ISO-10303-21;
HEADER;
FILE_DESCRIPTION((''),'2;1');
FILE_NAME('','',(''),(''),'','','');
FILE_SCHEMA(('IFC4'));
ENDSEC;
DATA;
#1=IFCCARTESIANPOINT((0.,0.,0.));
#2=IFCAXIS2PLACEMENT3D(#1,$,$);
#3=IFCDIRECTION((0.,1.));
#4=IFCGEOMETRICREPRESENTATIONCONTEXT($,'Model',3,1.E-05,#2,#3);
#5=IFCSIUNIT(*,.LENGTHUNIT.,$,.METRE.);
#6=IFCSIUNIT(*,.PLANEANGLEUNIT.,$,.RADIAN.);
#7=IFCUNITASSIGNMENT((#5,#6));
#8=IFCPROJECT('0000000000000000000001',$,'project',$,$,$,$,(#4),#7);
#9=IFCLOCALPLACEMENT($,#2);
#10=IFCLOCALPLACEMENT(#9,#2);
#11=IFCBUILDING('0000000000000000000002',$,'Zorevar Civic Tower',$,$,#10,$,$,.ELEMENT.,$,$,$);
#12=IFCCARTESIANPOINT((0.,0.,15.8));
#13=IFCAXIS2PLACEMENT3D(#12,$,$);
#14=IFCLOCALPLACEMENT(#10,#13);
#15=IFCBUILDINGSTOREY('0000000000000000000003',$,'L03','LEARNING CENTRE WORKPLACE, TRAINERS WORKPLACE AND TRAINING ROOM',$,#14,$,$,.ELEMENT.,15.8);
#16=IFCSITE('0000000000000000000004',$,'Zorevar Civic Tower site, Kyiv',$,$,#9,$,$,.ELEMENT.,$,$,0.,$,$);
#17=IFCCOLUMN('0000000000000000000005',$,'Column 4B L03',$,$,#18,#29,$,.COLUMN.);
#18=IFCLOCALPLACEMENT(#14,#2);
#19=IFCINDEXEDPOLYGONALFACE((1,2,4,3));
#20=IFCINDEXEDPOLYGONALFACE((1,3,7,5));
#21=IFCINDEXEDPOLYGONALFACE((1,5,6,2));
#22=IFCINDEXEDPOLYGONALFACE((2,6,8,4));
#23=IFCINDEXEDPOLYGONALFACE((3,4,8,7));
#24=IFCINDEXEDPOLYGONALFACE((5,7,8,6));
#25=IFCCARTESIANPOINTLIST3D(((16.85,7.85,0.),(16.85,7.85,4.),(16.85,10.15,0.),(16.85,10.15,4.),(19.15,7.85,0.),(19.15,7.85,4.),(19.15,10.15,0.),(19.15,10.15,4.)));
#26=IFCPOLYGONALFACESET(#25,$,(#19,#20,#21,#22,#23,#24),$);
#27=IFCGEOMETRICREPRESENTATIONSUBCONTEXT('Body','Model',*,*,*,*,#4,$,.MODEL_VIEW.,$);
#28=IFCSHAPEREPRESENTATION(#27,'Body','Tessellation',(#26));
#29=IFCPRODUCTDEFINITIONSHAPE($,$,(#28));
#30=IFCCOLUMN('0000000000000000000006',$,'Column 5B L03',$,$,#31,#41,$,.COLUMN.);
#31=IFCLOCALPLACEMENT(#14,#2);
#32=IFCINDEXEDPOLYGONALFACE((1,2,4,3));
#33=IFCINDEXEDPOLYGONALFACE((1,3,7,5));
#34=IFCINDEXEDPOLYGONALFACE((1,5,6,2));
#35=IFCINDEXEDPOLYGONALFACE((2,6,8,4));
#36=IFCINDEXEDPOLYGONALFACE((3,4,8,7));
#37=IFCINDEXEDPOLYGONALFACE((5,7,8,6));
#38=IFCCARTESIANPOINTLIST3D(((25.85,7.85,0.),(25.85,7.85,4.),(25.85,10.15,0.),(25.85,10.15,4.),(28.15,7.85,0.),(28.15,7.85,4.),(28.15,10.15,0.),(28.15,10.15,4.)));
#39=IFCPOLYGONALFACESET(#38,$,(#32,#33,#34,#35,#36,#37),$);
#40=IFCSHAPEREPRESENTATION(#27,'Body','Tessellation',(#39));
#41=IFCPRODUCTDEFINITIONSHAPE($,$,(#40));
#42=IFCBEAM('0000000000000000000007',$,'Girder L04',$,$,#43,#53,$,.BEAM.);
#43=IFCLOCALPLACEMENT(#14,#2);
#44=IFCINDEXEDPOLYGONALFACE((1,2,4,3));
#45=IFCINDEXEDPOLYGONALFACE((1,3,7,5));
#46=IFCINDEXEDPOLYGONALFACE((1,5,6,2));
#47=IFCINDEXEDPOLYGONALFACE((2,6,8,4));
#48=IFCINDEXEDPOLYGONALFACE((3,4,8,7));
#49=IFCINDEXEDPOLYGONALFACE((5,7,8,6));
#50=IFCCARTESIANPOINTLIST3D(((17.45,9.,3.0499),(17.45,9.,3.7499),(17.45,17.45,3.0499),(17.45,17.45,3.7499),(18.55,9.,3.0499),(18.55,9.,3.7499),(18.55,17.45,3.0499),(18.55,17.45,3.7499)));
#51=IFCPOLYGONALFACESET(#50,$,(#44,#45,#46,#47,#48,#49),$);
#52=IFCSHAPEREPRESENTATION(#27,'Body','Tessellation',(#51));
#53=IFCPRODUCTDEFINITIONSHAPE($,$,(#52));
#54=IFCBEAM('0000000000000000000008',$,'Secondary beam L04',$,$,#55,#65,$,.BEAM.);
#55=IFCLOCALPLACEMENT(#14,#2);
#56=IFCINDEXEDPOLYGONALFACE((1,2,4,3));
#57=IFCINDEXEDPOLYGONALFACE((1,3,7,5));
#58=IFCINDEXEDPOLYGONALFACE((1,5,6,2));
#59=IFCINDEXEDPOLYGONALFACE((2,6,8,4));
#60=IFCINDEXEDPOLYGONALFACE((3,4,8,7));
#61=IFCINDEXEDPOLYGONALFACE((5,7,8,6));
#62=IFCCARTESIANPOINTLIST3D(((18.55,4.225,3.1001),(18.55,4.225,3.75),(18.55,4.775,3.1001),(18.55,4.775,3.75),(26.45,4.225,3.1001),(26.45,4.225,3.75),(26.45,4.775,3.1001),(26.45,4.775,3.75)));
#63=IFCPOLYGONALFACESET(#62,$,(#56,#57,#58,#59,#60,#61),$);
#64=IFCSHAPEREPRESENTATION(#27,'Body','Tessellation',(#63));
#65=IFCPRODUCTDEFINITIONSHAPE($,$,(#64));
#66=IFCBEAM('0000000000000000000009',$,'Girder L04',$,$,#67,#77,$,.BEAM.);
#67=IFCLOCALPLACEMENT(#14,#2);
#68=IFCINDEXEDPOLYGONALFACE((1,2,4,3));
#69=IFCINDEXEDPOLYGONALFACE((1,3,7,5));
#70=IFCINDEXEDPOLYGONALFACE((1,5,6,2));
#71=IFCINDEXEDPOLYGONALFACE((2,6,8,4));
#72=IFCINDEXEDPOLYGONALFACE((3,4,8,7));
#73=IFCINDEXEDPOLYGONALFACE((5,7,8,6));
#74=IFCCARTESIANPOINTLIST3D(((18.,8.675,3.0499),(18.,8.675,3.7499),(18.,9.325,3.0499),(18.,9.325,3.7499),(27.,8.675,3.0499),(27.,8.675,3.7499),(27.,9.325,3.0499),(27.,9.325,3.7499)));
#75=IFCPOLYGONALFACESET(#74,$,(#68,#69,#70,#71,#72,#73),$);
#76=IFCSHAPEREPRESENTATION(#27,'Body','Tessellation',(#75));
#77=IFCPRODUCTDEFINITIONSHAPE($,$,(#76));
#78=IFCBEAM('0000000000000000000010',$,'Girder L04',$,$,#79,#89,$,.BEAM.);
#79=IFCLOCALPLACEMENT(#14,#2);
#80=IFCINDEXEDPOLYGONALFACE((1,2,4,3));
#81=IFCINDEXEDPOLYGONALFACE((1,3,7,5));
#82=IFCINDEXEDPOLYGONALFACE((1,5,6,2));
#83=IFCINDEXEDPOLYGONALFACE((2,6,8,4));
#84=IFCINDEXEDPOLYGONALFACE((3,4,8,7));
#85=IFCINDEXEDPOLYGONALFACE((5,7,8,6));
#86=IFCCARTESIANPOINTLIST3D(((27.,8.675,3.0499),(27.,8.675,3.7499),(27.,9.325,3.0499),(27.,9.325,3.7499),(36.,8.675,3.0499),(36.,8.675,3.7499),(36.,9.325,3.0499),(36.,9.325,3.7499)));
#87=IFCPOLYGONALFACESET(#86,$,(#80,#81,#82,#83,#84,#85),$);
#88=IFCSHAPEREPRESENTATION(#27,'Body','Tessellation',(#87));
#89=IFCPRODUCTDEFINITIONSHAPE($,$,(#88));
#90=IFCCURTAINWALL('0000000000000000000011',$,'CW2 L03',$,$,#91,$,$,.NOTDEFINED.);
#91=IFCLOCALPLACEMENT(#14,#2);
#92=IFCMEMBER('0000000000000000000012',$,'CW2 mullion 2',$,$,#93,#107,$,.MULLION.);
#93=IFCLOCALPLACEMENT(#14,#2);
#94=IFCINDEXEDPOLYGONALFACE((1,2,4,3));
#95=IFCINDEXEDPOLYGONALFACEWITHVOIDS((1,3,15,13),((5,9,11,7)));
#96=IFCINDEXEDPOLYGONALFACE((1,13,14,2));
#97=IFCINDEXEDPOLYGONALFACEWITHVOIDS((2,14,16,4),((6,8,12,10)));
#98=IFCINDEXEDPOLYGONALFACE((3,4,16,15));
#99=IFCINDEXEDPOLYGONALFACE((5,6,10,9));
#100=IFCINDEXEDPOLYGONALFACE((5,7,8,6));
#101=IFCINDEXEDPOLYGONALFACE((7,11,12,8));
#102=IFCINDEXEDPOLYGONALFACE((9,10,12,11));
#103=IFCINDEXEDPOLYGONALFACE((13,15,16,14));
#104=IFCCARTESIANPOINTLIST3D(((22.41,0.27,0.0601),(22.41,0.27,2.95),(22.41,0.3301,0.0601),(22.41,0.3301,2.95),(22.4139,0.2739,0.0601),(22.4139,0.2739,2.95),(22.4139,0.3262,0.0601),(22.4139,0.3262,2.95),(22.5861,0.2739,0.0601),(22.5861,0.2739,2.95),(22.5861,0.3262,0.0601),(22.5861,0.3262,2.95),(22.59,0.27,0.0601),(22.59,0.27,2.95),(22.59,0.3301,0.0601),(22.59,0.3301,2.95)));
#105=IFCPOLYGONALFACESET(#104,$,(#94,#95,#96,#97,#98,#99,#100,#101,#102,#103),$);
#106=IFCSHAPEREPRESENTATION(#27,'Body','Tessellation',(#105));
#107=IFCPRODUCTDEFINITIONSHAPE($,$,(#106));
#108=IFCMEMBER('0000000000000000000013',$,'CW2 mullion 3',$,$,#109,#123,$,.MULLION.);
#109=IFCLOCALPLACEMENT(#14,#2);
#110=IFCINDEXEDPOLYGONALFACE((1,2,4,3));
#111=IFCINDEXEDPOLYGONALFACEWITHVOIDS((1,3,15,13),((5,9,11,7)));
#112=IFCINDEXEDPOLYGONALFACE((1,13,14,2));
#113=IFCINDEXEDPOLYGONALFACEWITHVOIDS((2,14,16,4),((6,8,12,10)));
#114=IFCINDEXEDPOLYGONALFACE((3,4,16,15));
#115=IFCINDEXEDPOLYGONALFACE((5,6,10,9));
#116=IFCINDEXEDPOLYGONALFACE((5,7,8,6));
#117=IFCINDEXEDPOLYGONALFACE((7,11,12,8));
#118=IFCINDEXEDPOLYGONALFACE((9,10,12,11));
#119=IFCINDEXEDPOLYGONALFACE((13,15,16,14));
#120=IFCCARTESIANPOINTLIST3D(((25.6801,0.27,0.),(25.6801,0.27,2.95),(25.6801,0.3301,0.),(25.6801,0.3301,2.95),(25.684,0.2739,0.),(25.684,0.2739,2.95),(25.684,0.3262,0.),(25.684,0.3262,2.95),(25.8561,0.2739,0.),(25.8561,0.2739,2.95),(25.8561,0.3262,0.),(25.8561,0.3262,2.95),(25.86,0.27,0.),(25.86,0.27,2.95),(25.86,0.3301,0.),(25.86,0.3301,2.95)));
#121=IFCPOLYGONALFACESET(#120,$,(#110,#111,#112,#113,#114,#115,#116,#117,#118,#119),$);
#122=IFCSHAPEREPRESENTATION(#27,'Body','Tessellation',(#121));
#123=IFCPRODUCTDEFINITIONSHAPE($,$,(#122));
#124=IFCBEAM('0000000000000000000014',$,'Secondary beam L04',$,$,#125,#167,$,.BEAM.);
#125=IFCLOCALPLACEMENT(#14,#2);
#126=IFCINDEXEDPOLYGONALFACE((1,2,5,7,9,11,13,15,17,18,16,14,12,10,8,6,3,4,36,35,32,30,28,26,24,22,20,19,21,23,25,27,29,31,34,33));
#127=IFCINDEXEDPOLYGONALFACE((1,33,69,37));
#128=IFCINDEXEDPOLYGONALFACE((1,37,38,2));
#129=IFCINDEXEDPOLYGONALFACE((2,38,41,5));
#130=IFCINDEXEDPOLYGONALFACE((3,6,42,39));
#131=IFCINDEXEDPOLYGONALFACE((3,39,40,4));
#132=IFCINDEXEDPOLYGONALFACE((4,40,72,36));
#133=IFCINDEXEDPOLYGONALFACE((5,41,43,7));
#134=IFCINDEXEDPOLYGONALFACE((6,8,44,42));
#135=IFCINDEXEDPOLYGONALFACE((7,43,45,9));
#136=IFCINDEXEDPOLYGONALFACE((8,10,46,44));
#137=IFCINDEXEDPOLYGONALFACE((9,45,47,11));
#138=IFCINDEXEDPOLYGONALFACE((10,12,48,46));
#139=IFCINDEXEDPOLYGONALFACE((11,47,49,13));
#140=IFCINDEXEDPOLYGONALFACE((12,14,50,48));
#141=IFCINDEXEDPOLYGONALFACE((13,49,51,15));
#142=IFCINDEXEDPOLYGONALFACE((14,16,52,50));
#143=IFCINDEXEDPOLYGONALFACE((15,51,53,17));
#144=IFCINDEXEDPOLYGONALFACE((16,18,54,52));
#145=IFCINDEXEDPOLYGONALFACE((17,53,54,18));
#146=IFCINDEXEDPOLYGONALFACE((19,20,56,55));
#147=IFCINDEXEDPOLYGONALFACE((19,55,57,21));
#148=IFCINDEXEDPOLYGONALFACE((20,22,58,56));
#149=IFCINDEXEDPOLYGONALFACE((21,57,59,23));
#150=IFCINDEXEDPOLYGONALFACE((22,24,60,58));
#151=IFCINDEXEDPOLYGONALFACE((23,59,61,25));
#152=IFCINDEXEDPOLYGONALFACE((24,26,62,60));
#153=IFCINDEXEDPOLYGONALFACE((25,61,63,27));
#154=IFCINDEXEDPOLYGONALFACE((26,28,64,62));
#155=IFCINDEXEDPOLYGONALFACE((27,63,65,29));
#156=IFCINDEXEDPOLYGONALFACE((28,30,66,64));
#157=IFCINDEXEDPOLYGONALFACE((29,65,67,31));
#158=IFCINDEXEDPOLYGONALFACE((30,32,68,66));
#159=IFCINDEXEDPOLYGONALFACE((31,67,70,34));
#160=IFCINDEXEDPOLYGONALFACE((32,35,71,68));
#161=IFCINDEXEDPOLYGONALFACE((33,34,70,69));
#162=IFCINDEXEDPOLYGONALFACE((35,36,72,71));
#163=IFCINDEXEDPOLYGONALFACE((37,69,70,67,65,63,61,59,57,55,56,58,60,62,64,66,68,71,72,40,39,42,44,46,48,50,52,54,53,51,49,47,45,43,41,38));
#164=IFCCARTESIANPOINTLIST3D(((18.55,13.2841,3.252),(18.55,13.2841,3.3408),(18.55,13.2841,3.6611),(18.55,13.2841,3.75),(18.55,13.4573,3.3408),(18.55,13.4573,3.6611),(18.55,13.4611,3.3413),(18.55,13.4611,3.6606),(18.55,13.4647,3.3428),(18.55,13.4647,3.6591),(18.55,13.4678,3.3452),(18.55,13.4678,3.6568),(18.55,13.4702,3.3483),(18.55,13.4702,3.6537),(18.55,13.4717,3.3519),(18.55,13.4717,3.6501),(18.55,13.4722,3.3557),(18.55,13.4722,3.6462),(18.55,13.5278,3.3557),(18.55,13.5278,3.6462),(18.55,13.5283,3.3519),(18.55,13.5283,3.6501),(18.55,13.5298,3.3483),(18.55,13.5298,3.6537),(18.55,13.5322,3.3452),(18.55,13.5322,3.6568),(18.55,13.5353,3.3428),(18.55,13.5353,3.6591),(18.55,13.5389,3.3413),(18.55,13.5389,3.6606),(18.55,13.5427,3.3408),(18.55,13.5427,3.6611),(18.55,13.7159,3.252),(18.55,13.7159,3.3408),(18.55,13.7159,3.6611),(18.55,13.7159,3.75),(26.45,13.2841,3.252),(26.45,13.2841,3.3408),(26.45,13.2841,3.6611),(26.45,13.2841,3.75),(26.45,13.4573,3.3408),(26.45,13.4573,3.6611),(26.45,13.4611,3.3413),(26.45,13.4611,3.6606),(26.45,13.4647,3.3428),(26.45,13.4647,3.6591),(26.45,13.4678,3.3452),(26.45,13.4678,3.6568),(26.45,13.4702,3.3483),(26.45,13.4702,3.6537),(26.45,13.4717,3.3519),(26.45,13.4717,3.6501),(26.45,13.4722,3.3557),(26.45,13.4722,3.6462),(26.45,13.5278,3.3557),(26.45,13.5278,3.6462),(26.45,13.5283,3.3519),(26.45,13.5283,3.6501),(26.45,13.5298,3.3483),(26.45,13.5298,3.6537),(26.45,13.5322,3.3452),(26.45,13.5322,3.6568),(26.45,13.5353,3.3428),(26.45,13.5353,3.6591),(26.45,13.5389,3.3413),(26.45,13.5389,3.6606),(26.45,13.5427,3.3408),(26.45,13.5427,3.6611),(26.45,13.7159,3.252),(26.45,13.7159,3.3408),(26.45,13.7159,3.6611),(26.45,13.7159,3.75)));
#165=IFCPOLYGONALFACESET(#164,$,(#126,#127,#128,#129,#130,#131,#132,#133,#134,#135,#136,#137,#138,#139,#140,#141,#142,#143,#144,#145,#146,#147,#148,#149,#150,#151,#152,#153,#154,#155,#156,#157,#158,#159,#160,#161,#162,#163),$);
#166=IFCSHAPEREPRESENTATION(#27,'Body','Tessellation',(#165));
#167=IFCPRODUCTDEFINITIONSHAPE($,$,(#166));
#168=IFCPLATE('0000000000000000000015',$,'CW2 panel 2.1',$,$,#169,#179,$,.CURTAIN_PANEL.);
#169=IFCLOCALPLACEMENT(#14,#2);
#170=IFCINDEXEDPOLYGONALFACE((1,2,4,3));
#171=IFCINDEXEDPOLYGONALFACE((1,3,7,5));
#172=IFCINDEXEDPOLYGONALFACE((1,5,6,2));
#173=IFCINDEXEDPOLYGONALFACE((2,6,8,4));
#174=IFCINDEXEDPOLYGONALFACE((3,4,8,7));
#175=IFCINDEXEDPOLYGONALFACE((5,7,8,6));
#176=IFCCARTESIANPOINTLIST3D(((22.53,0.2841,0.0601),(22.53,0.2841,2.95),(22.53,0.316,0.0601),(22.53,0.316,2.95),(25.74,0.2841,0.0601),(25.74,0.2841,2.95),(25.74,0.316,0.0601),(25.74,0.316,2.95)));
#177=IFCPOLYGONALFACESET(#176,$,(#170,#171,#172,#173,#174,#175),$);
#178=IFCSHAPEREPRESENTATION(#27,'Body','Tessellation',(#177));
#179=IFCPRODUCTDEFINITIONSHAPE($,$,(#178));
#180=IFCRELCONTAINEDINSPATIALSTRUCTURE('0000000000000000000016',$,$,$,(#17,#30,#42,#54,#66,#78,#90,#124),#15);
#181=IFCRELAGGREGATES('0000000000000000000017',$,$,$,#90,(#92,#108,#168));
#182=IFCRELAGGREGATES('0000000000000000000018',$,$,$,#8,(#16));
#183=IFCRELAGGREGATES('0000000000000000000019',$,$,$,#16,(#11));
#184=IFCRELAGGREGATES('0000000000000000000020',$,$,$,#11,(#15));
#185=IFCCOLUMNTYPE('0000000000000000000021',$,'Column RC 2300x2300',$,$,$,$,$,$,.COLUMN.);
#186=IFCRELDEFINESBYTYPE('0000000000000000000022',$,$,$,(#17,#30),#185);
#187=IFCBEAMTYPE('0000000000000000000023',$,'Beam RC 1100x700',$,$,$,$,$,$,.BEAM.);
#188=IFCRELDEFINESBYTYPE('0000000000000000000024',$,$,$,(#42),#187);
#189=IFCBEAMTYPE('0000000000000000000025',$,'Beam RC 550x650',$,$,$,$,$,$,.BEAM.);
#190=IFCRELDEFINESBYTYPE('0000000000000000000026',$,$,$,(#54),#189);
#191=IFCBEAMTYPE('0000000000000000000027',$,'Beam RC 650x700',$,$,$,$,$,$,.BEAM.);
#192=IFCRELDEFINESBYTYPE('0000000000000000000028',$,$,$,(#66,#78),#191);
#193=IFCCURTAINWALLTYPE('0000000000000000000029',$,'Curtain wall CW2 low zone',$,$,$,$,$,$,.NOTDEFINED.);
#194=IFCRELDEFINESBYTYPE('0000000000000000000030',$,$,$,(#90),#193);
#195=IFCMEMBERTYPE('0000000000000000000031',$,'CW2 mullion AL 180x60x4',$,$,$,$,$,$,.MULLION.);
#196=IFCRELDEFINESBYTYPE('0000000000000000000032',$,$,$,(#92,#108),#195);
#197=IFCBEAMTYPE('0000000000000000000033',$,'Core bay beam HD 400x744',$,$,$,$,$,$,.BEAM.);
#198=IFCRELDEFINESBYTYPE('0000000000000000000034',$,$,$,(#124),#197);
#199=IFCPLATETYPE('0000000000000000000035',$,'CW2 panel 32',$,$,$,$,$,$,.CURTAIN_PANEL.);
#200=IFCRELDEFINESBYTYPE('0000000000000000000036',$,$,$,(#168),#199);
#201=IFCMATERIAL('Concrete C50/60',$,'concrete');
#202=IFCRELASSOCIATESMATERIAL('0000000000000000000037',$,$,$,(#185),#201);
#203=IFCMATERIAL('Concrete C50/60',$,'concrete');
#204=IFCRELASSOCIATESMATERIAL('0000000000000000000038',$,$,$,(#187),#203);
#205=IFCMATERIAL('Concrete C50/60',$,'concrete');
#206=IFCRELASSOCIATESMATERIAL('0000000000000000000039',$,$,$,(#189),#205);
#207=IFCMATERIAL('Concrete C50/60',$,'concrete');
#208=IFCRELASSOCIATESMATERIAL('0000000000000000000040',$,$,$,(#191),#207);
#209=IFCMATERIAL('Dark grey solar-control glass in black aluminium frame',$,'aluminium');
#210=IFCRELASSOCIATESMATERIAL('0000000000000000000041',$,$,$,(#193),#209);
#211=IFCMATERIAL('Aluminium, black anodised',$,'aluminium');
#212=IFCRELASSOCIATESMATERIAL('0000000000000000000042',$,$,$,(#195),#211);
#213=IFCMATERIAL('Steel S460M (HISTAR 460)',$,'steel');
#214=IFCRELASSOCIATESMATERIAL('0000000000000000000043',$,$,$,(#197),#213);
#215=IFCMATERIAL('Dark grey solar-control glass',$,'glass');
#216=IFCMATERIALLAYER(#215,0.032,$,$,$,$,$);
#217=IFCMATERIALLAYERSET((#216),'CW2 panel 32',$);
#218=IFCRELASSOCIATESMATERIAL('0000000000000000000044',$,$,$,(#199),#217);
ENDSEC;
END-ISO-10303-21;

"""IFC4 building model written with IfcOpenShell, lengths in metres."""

from ifc_helpers import new_model, si_unit, direction, frame, origin, origin_2d, place, context, subcontext, project, spatial, rectangle, hollow_rectangle, i_section, extrude, material, layer, layer_set, material_profile, profile_set, type_object, element, aggregate, save


model = new_model("IFC4")

# Units and contexts
model_context = context("Model", 3, precision=1e-05, world=origin(), true_north=direction((0.0, 1.0)))
body_context = subcontext(model_context, "Body", "Model", "MODEL_VIEW")
ifc_project = project(units=[si_unit("LENGTHUNIT", "METRE"), si_unit("PLANEANGLEUNIT", "RADIAN")], contexts=[model_context])

# Site, building, storey
site_placement = place(None, origin())
site = spatial("IfcSite", under=ifc_project, at=site_placement, Name="Zorevar Civic Tower site, Kyiv", CompositionType="ELEMENT", RefElevation=0.0)
building_placement = place(site_placement, origin())
building = spatial("IfcBuilding", under=site, at=building_placement, Name="Zorevar Civic Tower", CompositionType="ELEMENT")
storey_placement = place(building_placement, frame((0.0, 0.0, 15.8)))
storey = spatial("IfcBuildingStorey", under=building, at=storey_placement, Name="L03", Description="LEARNING CENTRE WORKPLACE, TRAINERS WORKPLACE AND TRAINING ROOM", CompositionType="ELEMENT", Elevation=15.8)

# Columns
ifc_material_1 = material(Name="Concrete C50/60", Category="concrete")
ifc_material_profile_1 = material_profile(ifc_material_1, rectangle(XDim=2.3, YDim=2.3, at=origin_2d()), Name="RC 2300x2300")
ifc_profile_set_1 = profile_set([ifc_material_profile_1], Name="Concrete C50/60")
column_type = type_object("IfcColumnType", Name="Column RC 2300x2300", PredefinedType="COLUMN", material=ifc_profile_set_1)
for number, where, z_axis, x_axis, name in (
    (1, (18.0, 9.0, 0.0), (0.0, 0.0, 1.0), (1.0, 0.0, 0.0), "Column 4B L03"),
    (2, (27.0, 9.0, 0.0), (0.0, 0.0, 1.0), (1.0, 0.0, 0.0), "Column 5B L03"),
):
    element("IfcColumn", number, at=place(storey_placement, frame(where, z_axis=z_axis, x_axis=x_axis)), inside=storey, type_object=column_type, Name=name, PredefinedType="COLUMN", context=body_context, shape_type="SweptSolid", body=[
        extrude(rectangle(XDim=2.3, YDim=2.3, at=origin_2d()), origin(), (0.0, 0.0, 1.0), 4.0),
    ])

# Beams
ifc_material_2 = material(Name="Concrete C50/60", Category="concrete")
ifc_material_profile_2 = material_profile(ifc_material_2, rectangle(XDim=1.1001, YDim=0.7, at=origin_2d()), Name="RC 1100x700")
ifc_profile_set_2 = profile_set([ifc_material_profile_2], Name="Concrete C50/60")
beam_type_1 = type_object("IfcBeamType", Name="Beam RC 1100x700", PredefinedType="BEAM", material=ifc_profile_set_2)
beam_1_placement = place(storey_placement, frame((18.0, 9.0, 3.3999), z_axis=(0.0, 1.0, 0.0), x_axis=(-1.0, 0.0, 0.0)))
element("IfcBeam", 3, at=beam_1_placement, inside=storey, type_object=beam_type_1, Name="Girder L04", PredefinedType="BEAM", context=body_context, shape_type="SweptSolid", body=[
    extrude(rectangle(XDim=1.1001, YDim=0.7, at=origin_2d()), origin(), (0.0, 0.0, 1.0), 8.45),
])
ifc_material_3 = material(Name="Concrete C50/60", Category="concrete")
ifc_material_profile_3 = material_profile(ifc_material_3, rectangle(XDim=0.55, YDim=0.6499, at=origin_2d()), Name="RC 550x650")
ifc_profile_set_3 = profile_set([ifc_material_profile_3], Name="Concrete C50/60")
beam_type_2 = type_object("IfcBeamType", Name="Beam RC 550x650", PredefinedType="BEAM", material=ifc_profile_set_3)
beam_2_placement = place(storey_placement, frame((18.55, 4.5, 3.425), z_axis=(1.0, 0.0, 0.0), x_axis=(0.0, 1.0, 0.0)))
element("IfcBeam", 4, at=beam_2_placement, inside=storey, type_object=beam_type_2, Name="Secondary beam L04", PredefinedType="BEAM", context=body_context, shape_type="SweptSolid", body=[
    extrude(rectangle(XDim=0.55, YDim=0.6499, at=origin_2d()), origin(), (0.0, 0.0, 1.0), 7.8999),
])
ifc_material_4 = material(Name="Concrete C50/60", Category="concrete")
ifc_material_profile_4 = material_profile(ifc_material_4, rectangle(XDim=0.6499, YDim=0.7, at=origin_2d()), Name="RC 650x700")
ifc_profile_set_4 = profile_set([ifc_material_profile_4], Name="Concrete C50/60")
beam_type_3 = type_object("IfcBeamType", Name="Beam RC 650x700", PredefinedType="BEAM", material=ifc_profile_set_4)
for number, where, z_axis, x_axis, name in (
    (5, (18.0, 9.0, 3.3999), (1.0, 0.0, 0.0), (0.0, 1.0, 0.0), "Girder L04"),
    (6, (27.0, 9.0, 3.3999), (1.0, 0.0, 0.0), (0.0, 1.0, 0.0), "Girder L04"),
):
    element("IfcBeam", number, at=place(storey_placement, frame(where, z_axis=z_axis, x_axis=x_axis)), inside=storey, type_object=beam_type_3, Name=name, PredefinedType="BEAM", context=body_context, shape_type="SweptSolid", body=[
        extrude(rectangle(XDim=0.6499, YDim=0.7, at=origin_2d()), origin(), (0.0, 0.0, 1.0), 9.0),
    ])

# Curtain wall, members
ifc_material_5 = material(Name="Dark grey solar-control glass in black aluminium frame", Category="aluminium")
curtain_wall_type = type_object("IfcCurtainWallType", Name="Curtain wall CW2 low zone", PredefinedType="NOTDEFINED", material=ifc_material_5)
curtain_wall_placement = place(storey_placement, origin())
curtain_wall = element("IfcCurtainWall", 7, at=curtain_wall_placement, inside=storey, type_object=curtain_wall_type, Name="CW2 L03", PredefinedType="NOTDEFINED")
ifc_material_6 = material(Name="Aluminium, black anodised", Category="aluminium")
ifc_material_profile_5 = material_profile(ifc_material_6, hollow_rectangle(XDim=0.0601, YDim=0.1799, WallThickness=0.0039, at=origin_2d()), Name="AL 180x60x4")
ifc_profile_set_5 = profile_set([ifc_material_profile_5], Name="Aluminium, black anodised")
member_type = type_object("IfcMemberType", Name="CW2 mullion AL 180x60x4", PredefinedType="MULLION", material=ifc_profile_set_5)
member_1_placement = place(storey_placement, frame((22.5, 0.3, 0.0601), z_axis=(0.0, 0.0, 1.0), x_axis=(0.0, 1.0, 0.0)))
member_1 = element("IfcMember", 8, at=member_1_placement, type_object=member_type, Name="CW2 mullion 2", PredefinedType="MULLION", context=body_context, shape_type="SweptSolid", body=[
    extrude(hollow_rectangle(XDim=0.0601, YDim=0.1799, WallThickness=0.0039, at=origin_2d()), origin(), (0.0, 0.0, 1.0), 2.8899),
])
member_2_placement = place(storey_placement, frame((25.77, 0.3, 0.0), z_axis=(0.0, 0.0, 1.0), x_axis=(0.0, 1.0, 0.0)))
member_2 = element("IfcMember", 9, at=member_2_placement, type_object=member_type, Name="CW2 mullion 3", PredefinedType="MULLION", context=body_context, shape_type="SweptSolid", body=[
    extrude(hollow_rectangle(XDim=0.0601, YDim=0.1799, WallThickness=0.0039, at=origin_2d()), origin(), (0.0, 0.0, 1.0), 2.95),
])

# Beam
ifc_material_7 = material(Name="Steel S460M (HISTAR 460)", Category="steel")
ifc_material_profile_6 = material_profile(ifc_material_7, i_section(OverallWidth=0.4319, OverallDepth=0.498, WebThickness=0.0557, FlangeThickness=0.0889, FilletRadius=0.0149, at=origin_2d()), Name="HD 400x744")
ifc_profile_set_6 = profile_set([ifc_material_profile_6], Name="Steel S460M (HISTAR 460)")
beam_type_4 = type_object("IfcBeamType", Name="Core bay beam HD 400x744", PredefinedType="BEAM", material=ifc_profile_set_6)
beam_3_placement = place(storey_placement, frame((18.55, 13.5, 3.501), z_axis=(1.0, 0.0, 0.0), x_axis=(0.0, 1.0, 0.0)))
element("IfcBeam", 10, at=beam_3_placement, inside=storey, type_object=beam_type_4, Name="Secondary beam L04", PredefinedType="BEAM", context=body_context, shape_type="SweptSolid", body=[
    extrude(i_section(OverallWidth=0.4319, OverallDepth=0.498, WebThickness=0.0557, FlangeThickness=0.0889, FilletRadius=0.0149, at=origin_2d()), origin(), (0.0, 0.0, 1.0), 7.8999),
])

# Plate
ifc_material_8 = material(Name="Dark grey solar-control glass", Category="glass")
ifc_layer_1 = layer(ifc_material_8, 0.032)
ifc_layer_set_1 = layer_set([ifc_layer_1], Name="CW2 panel 32")
plate_type = type_object("IfcPlateType", Name="CW2 panel 32", PredefinedType="CURTAIN_PANEL", material=ifc_layer_set_1)
plate_placement = place(storey_placement, frame((24.135, 0.3, 0.0601), z_axis=(0.0, 0.0, 1.0), x_axis=(1.0, 0.0, 0.0)))
plate = element("IfcPlate", 11, at=plate_placement, type_object=plate_type, Name="CW2 panel 2.1", PredefinedType="CURTAIN_PANEL", context=body_context, shape_type="SweptSolid", body=[
    extrude(rectangle(XDim=3.21, YDim=0.032, at=origin_2d()), origin(), (0.0, 0.0, 1.0), 2.8899),
])
aggregate(curtain_wall, [member_1, member_2, plate])

save(model, "model.ifc")
